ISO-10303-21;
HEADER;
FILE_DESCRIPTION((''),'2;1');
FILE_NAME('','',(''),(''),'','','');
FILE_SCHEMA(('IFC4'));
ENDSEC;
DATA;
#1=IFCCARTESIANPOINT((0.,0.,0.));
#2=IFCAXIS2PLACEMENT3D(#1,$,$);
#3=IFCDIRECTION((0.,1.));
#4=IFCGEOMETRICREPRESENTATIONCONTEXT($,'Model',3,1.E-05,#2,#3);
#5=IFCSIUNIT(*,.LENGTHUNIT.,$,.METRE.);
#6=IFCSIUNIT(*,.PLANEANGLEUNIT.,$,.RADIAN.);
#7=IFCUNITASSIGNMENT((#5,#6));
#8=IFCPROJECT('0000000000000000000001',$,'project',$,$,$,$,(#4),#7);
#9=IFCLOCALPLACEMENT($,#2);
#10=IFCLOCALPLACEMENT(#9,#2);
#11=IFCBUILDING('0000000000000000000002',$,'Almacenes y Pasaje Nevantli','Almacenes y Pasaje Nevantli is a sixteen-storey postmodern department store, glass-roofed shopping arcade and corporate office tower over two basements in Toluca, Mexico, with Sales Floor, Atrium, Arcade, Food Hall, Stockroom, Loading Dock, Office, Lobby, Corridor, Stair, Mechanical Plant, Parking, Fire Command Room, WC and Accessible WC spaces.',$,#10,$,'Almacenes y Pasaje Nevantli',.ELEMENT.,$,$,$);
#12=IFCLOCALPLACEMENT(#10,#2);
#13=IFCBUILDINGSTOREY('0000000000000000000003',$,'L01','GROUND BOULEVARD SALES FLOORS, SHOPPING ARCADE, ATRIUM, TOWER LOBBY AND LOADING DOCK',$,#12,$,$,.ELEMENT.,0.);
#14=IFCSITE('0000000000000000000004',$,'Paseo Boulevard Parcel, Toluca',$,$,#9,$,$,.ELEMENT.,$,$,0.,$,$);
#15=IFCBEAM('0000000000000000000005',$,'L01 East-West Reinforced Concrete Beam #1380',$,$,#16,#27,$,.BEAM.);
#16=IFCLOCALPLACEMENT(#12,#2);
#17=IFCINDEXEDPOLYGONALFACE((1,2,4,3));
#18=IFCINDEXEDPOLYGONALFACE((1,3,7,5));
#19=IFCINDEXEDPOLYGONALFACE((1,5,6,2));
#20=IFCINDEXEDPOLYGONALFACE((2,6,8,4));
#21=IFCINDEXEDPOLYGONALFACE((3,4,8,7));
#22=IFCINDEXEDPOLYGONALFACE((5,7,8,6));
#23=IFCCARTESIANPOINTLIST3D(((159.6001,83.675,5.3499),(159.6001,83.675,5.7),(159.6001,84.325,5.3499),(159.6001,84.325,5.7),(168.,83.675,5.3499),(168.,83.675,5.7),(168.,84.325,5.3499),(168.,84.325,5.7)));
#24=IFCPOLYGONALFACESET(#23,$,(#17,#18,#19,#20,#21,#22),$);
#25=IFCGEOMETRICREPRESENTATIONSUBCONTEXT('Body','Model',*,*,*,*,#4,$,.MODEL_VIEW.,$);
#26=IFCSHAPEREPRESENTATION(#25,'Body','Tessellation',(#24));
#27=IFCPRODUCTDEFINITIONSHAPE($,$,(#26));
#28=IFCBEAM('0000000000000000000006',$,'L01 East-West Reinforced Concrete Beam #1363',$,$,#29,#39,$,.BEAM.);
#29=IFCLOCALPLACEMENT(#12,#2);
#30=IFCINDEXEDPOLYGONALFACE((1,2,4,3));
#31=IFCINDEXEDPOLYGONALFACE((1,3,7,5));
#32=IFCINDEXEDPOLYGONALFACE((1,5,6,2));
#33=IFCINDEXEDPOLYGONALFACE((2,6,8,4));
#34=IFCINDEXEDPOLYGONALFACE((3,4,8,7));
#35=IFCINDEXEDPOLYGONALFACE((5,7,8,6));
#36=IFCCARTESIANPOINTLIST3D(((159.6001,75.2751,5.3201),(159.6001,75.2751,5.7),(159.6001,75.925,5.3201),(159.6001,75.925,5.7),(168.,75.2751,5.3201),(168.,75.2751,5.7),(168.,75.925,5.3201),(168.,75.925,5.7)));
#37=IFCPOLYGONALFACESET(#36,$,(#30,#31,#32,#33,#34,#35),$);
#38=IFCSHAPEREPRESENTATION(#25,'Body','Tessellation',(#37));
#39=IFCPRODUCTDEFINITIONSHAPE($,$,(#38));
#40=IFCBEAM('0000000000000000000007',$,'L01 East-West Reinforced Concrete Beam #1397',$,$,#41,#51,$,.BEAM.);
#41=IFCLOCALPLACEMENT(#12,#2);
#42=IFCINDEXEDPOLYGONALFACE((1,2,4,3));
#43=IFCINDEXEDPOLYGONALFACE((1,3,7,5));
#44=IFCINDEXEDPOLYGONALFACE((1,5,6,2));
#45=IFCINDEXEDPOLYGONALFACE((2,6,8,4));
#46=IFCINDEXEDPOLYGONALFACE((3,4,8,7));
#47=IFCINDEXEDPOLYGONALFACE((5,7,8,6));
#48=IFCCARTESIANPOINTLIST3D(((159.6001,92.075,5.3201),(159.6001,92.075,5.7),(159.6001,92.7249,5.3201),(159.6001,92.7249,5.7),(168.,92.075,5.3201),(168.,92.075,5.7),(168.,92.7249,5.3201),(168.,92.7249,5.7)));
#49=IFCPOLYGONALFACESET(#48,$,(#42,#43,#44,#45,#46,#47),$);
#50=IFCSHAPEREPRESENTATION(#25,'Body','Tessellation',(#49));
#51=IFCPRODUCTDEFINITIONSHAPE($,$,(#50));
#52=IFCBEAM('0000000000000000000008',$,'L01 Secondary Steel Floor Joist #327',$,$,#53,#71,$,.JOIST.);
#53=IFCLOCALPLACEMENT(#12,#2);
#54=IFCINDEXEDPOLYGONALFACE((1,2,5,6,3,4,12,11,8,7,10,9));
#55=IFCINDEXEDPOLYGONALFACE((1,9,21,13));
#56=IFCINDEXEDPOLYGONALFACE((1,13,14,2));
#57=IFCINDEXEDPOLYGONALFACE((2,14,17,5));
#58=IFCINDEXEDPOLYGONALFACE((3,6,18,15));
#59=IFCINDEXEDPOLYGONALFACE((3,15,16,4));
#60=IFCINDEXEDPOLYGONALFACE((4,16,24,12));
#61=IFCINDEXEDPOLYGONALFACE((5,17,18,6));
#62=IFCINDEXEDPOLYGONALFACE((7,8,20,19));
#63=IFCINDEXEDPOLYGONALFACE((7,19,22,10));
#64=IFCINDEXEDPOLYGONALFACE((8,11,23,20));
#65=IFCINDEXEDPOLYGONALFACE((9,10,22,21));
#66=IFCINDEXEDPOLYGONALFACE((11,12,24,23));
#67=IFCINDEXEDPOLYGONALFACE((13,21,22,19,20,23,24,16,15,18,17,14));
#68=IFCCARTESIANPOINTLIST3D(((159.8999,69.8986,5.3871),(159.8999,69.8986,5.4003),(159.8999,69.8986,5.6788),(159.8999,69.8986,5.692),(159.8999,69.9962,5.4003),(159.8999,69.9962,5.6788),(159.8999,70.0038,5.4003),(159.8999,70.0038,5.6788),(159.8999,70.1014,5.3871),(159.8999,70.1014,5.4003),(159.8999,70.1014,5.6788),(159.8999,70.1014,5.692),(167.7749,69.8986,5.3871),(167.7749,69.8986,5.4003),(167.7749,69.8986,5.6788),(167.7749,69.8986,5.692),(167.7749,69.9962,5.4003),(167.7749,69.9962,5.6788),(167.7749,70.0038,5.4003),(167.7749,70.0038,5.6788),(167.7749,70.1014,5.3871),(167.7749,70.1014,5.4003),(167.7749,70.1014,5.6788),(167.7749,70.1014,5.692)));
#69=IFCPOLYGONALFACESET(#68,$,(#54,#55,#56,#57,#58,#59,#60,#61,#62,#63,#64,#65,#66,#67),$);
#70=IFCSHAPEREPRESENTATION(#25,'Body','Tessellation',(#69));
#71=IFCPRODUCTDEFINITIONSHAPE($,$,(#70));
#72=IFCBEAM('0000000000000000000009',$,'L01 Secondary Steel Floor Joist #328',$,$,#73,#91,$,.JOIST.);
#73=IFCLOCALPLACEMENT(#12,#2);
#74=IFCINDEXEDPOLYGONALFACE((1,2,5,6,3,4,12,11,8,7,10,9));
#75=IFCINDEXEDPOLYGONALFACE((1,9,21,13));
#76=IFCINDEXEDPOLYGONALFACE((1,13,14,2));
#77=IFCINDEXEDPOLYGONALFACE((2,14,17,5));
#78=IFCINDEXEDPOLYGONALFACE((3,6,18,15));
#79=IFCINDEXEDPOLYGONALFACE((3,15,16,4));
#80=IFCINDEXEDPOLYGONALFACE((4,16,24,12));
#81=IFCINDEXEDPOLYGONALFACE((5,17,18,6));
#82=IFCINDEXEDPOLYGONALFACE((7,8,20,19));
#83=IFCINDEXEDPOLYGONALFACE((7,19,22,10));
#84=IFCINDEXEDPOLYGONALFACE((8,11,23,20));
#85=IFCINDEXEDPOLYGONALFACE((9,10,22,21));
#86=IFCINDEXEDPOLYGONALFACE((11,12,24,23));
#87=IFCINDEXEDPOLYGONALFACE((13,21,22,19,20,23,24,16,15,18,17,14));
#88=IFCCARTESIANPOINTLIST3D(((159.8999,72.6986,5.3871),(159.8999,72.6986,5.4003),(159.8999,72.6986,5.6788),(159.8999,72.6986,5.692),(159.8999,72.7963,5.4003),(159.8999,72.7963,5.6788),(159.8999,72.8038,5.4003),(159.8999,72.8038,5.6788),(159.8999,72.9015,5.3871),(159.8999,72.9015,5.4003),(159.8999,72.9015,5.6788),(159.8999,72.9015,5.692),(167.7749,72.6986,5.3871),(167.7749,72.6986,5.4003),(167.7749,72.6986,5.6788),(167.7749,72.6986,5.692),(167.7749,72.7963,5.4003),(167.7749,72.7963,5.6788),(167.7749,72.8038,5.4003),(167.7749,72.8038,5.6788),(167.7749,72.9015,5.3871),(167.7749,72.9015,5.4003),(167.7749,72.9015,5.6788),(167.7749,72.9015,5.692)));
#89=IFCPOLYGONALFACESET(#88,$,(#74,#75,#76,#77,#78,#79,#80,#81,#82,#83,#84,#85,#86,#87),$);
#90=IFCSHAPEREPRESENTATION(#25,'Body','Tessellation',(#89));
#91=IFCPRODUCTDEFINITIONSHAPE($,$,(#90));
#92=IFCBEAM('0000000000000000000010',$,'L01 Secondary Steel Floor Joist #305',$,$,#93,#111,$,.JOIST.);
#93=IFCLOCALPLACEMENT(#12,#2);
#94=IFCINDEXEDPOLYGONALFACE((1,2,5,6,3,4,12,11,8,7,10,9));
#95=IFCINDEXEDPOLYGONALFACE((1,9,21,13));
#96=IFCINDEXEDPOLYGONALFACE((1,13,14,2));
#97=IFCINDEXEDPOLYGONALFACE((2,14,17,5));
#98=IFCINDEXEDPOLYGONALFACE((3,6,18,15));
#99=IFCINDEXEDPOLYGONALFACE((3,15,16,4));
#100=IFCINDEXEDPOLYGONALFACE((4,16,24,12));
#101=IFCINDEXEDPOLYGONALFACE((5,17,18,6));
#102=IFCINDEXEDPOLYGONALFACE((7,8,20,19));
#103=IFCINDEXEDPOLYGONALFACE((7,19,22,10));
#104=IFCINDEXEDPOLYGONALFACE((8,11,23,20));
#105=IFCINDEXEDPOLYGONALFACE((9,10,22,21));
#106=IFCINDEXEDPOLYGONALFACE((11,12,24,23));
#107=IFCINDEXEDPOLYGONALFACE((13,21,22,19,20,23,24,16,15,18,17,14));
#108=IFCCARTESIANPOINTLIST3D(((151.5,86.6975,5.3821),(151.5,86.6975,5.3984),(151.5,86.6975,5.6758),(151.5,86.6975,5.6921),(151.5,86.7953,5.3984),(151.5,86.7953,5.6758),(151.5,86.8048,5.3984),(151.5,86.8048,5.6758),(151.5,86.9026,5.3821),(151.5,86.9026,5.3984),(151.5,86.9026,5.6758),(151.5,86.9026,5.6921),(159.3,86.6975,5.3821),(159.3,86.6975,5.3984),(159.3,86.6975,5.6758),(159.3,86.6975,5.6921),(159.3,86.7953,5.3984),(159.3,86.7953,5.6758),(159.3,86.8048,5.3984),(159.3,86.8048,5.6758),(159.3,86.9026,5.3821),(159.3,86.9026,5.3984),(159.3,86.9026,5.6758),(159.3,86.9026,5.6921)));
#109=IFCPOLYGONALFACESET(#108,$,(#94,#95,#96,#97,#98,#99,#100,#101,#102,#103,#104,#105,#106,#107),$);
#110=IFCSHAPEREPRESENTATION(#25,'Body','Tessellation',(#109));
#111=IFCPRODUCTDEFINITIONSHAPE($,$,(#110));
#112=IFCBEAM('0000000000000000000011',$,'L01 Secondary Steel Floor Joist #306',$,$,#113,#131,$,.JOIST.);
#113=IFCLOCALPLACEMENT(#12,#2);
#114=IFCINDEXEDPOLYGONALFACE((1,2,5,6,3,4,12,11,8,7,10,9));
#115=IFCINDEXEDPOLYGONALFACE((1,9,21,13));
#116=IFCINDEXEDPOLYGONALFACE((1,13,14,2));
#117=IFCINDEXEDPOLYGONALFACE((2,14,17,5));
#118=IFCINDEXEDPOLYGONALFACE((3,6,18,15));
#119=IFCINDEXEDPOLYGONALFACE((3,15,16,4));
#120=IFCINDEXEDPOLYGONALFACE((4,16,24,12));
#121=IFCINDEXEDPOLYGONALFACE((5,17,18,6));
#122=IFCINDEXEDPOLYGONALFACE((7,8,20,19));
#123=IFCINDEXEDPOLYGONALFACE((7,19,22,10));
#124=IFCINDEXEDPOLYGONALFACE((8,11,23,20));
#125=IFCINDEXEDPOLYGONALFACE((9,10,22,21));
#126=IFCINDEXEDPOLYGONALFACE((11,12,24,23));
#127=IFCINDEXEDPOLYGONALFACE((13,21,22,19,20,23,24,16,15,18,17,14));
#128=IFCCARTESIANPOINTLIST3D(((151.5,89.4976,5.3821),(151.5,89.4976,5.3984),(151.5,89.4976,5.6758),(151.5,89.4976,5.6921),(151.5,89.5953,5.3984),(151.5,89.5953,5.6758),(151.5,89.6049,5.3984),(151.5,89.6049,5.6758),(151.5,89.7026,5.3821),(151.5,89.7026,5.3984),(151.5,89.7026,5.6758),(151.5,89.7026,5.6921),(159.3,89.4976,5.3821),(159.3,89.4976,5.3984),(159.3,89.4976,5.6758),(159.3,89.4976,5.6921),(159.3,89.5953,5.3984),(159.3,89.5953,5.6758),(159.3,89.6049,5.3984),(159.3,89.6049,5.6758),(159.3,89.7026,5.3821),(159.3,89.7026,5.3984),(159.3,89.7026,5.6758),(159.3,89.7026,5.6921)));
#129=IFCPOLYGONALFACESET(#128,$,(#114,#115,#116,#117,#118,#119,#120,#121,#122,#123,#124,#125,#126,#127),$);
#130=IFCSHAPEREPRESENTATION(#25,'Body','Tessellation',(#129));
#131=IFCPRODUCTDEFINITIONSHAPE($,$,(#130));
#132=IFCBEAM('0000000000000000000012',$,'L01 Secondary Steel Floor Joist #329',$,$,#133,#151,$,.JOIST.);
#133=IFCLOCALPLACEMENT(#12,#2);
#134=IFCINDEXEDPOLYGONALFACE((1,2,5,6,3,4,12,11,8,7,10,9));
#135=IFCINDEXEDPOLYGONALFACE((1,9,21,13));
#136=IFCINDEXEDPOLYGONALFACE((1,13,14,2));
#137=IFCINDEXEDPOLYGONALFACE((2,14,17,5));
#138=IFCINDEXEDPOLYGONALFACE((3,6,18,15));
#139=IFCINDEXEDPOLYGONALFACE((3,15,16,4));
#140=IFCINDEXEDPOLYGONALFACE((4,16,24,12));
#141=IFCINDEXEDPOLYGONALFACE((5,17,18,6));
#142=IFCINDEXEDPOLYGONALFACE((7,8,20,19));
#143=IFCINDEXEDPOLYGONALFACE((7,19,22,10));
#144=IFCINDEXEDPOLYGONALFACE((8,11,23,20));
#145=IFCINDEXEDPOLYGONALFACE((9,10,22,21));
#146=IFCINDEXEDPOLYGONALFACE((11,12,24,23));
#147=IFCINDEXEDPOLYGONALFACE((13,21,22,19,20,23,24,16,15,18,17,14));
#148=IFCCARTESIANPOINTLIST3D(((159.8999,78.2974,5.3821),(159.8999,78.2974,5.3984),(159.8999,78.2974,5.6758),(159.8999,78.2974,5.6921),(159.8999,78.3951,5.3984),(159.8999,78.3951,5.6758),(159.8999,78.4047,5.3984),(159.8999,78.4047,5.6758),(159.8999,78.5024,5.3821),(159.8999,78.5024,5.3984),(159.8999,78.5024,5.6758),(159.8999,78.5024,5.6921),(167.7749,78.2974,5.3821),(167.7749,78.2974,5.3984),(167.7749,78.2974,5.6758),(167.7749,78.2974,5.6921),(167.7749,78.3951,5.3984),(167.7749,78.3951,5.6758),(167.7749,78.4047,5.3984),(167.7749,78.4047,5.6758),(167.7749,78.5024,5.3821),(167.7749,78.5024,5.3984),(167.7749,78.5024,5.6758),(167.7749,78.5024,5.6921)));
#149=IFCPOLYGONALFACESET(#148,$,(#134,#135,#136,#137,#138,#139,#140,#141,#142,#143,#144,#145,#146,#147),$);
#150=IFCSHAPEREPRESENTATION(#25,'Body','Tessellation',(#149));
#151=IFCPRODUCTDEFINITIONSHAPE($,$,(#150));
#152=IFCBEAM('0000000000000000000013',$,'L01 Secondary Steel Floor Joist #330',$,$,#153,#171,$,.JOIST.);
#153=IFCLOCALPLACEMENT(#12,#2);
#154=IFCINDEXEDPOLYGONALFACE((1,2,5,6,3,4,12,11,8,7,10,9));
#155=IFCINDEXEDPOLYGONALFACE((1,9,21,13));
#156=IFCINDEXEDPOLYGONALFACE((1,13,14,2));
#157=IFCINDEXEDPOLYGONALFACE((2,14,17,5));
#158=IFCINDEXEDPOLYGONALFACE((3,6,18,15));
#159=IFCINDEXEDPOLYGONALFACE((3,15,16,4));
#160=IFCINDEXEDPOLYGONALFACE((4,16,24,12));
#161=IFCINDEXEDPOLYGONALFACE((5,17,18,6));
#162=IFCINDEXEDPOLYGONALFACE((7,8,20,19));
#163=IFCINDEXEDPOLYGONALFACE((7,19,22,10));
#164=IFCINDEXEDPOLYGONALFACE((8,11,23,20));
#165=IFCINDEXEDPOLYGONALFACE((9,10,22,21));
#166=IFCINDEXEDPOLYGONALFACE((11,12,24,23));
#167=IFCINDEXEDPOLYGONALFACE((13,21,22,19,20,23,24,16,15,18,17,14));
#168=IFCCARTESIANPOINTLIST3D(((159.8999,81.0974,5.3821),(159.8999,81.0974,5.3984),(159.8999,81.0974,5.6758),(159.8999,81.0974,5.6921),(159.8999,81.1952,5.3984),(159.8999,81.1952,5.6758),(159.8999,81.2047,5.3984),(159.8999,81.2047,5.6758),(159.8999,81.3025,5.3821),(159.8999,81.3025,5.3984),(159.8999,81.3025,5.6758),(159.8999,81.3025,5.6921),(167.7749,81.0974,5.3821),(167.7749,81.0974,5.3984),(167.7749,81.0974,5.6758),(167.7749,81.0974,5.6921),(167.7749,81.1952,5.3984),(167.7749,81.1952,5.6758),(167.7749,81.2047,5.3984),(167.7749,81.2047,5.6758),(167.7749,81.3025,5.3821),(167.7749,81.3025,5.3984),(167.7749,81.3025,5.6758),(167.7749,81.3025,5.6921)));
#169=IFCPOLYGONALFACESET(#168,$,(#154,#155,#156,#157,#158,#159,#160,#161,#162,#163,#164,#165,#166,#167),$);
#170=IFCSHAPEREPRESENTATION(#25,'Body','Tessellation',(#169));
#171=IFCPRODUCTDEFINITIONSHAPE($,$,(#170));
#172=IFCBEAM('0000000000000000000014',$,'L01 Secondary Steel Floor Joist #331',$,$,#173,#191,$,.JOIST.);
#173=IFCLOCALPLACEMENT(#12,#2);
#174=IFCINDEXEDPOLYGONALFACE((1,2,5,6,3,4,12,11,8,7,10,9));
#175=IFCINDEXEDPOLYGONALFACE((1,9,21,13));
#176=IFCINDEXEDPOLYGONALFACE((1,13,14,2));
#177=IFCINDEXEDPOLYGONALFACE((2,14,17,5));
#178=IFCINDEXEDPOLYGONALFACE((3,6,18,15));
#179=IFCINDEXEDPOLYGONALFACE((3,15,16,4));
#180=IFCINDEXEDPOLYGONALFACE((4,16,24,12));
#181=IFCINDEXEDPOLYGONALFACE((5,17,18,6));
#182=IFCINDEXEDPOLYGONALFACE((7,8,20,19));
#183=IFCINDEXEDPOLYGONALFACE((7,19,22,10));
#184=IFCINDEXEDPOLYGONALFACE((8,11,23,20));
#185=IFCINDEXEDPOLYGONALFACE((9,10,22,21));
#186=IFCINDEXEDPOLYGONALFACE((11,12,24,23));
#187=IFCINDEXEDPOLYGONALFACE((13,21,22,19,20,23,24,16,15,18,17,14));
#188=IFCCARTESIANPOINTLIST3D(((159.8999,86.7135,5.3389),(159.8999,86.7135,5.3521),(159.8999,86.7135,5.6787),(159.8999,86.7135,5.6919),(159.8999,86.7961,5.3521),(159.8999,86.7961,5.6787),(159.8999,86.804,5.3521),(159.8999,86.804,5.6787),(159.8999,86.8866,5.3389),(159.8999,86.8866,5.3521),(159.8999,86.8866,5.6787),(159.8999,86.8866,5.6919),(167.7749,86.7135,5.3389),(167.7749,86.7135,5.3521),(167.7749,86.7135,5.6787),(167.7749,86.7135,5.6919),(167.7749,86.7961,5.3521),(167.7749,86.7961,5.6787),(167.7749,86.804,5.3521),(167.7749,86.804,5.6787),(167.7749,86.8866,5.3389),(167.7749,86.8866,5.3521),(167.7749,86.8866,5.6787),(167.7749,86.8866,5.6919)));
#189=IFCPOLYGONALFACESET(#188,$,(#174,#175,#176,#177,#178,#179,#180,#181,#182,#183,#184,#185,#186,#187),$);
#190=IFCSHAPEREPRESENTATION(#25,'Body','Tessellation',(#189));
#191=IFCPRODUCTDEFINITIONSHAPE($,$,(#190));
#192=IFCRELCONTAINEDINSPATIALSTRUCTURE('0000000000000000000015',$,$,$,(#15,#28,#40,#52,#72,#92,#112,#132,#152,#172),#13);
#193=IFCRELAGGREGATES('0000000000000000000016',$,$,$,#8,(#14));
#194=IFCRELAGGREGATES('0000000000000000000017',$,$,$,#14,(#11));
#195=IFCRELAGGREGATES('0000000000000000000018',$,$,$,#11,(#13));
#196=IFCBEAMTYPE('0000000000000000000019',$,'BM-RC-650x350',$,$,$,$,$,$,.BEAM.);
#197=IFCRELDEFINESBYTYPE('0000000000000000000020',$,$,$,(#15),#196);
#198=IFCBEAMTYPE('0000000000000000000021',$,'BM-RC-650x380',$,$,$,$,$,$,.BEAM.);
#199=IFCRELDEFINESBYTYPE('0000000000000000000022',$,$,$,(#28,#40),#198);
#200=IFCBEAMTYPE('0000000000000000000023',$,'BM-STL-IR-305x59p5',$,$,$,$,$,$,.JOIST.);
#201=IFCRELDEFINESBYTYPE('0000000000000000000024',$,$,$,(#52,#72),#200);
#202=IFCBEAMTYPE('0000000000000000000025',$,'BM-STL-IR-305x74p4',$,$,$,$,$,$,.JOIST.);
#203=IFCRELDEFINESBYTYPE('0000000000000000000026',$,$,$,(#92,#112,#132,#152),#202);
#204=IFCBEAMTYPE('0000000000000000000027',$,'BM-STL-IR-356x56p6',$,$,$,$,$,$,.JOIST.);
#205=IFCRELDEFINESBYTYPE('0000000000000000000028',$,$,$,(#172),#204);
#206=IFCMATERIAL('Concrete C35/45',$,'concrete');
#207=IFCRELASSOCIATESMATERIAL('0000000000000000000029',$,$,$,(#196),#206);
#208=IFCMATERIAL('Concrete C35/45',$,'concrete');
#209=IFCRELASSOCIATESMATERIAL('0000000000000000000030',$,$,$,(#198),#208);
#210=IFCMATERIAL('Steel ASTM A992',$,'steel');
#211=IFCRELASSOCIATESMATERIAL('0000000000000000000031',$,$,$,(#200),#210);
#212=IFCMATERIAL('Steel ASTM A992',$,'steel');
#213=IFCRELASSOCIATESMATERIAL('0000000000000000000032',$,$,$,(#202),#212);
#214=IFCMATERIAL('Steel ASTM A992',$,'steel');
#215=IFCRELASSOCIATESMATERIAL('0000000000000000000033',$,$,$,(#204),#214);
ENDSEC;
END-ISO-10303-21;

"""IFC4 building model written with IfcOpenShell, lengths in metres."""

from ifc_helpers import new_model, si_unit, direction, frame, origin, origin_2d, place, context, subcontext, project, spatial, rectangle, i_section, extrude, material, material_profile, profile_set, type_object, element, save


model = new_model("IFC4")

# Units and contexts
model_context = context("Model", 3, precision=1e-05, world=origin(), true_north=direction((0.0, 1.0)))
body_context = subcontext(model_context, "Body", "Model", "MODEL_VIEW")
ifc_project = project(units=[si_unit("LENGTHUNIT", "METRE"), si_unit("PLANEANGLEUNIT", "RADIAN")], contexts=[model_context])

# Site, building, storey
site_placement = place(None, origin())
site = spatial("IfcSite", under=ifc_project, at=site_placement, Name="Paseo Boulevard Parcel, Toluca", CompositionType="ELEMENT", RefElevation=0.0)
building_placement = place(site_placement, origin())
building = spatial("IfcBuilding", under=site, at=building_placement, Name="Almacenes y Pasaje Nevantli", Description="Almacenes y Pasaje Nevantli is a sixteen-storey postmodern department store, glass-roofed shopping arcade and corporate office tower over two basements in Toluca, Mexico, with Sales Floor, Atrium, Arcade, Food Hall, Stockroom, Loading Dock, Office, Lobby, Corridor, Stair, Mechanical Plant, Parking, Fire Command Room, WC and Accessible WC spaces.", LongName="Almacenes y Pasaje Nevantli", CompositionType="ELEMENT")
storey_placement = place(building_placement, origin())
storey = spatial("IfcBuildingStorey", under=building, at=storey_placement, Name="L01", Description="GROUND BOULEVARD SALES FLOORS, SHOPPING ARCADE, ATRIUM, TOWER LOBBY AND LOADING DOCK", CompositionType="ELEMENT", Elevation=0.0)

# Beams
ifc_material_1 = material(Name="Concrete C35/45", Category="concrete")
ifc_material_profile_1 = material_profile(ifc_material_1, rectangle(XDim=0.6499, YDim=0.3501, at=origin_2d()), Name="RC-BM-650x350")
ifc_profile_set_1 = profile_set([ifc_material_profile_1], Name="Concrete C35/45")
beam_type_1 = type_object("IfcBeamType", Name="BM-RC-650x350", PredefinedType="BEAM", material=ifc_profile_set_1)
for number, where, z_axis, x_axis, name in (
    (1, (159.6001, 84.0, 5.5249), (1.0, 0.0, 0.0), (0.0, 1.0, 0.0), "L01 East-West Reinforced Concrete Beam #1380"),
):
    element("IfcBeam", number, at=place(storey_placement, frame(where, z_axis=z_axis, x_axis=x_axis)), inside=storey, type_object=beam_type_1, Name=name, PredefinedType="BEAM", context=body_context, shape_type="SweptSolid", body=[
        extrude(rectangle(XDim=0.6499, YDim=0.3501, at=origin_2d()), origin(), (0.0, 0.0, 1.0), 8.3999),
    ])
ifc_material_2 = material(Name="Concrete C35/45", Category="concrete")
ifc_material_profile_2 = material_profile(ifc_material_2, rectangle(XDim=0.6499, YDim=0.3799, at=origin_2d()), Name="RC-BM-650x380")
ifc_profile_set_2 = profile_set([ifc_material_profile_2], Name="Concrete C35/45")
beam_type_2 = type_object("IfcBeamType", Name="BM-RC-650x380", PredefinedType="BEAM", material=ifc_profile_set_2)
for number, where, z_axis, x_axis, name in (
    (2, (159.6001, 75.6001, 5.51), (1.0, 0.0, 0.0), (0.0, 1.0, 0.0), "L01 East-West Reinforced Concrete Beam #1363"),
    (3, (159.6001, 92.3999, 5.51), (1.0, 0.0, 0.0), (0.0, 1.0, 0.0), "L01 East-West Reinforced Concrete Beam #1397"),
):
    element("IfcBeam", number, at=place(storey_placement, frame(where, z_axis=z_axis, x_axis=x_axis)), inside=storey, type_object=beam_type_2, Name=name, PredefinedType="BEAM", context=body_context, shape_type="SweptSolid", body=[
        extrude(rectangle(XDim=0.6499, YDim=0.3799, at=origin_2d()), origin(), (0.0, 0.0, 1.0), 8.3999),
    ])
ifc_material_3 = material(Name="Steel ASTM A992", Category="steel")
ifc_material_profile_3 = material_profile(ifc_material_3, i_section(OverallWidth=0.2029, OverallDepth=0.3049, WebThickness=0.0076, FlangeThickness=0.0132, at=origin_2d()), Name="IR 305x59.5")
ifc_profile_set_3 = profile_set([ifc_material_profile_3], Name="Steel ASTM A992")
beam_type_3 = type_object("IfcBeamType", Name="BM-STL-IR-305x59p5", PredefinedType="JOIST", material=ifc_profile_set_3)
for number, where, z_axis, x_axis, name in (
    (4, (159.8999, 70.0, 5.5396), (1.0, 0.0, 0.0), (0.0, 1.0, 0.0), "L01 Secondary Steel Floor Joist #327"),
    (5, (159.8999, 72.8, 5.5396), (1.0, 0.0, 0.0), (0.0, 1.0, 0.0), "L01 Secondary Steel Floor Joist #328"),
):
    element("IfcBeam", number, at=place(storey_placement, frame(where, z_axis=z_axis, x_axis=x_axis)), inside=storey, type_object=beam_type_3, Name=name, PredefinedType="JOIST", context=body_context, shape_type="SweptSolid", body=[
        extrude(i_section(OverallWidth=0.2029, OverallDepth=0.3049, WebThickness=0.0076, FlangeThickness=0.0132, at=origin_2d()), origin(), (0.0, 0.0, 1.0), 7.875),
    ])
ifc_material_4 = material(Name="Steel ASTM A992", Category="steel")
ifc_material_profile_4 = material_profile(ifc_material_4, i_section(OverallWidth=0.2051, OverallDepth=0.3101, WebThickness=0.0095, FlangeThickness=0.0164, at=origin_2d()), Name="IR 305x74.4")
ifc_profile_set_4 = profile_set([ifc_material_profile_4], Name="Steel ASTM A992")
beam_type_4 = type_object("IfcBeamType", Name="BM-STL-IR-305x74p4", PredefinedType="JOIST", material=ifc_profile_set_4)
for number, where, z_axis, x_axis, name in (
    (6, (151.5, 86.8, 5.5371), (1.0, 0.0, 0.0), (0.0, 1.0, 0.0), "L01 Secondary Steel Floor Joist #305"),
    (7, (151.5, 89.6001, 5.5371), (1.0, 0.0, 0.0), (0.0, 1.0, 0.0), "L01 Secondary Steel Floor Joist #306"),
):
    element("IfcBeam", number, at=place(storey_placement, frame(where, z_axis=z_axis, x_axis=x_axis)), inside=storey, type_object=beam_type_4, Name=name, PredefinedType="JOIST", context=body_context, shape_type="SweptSolid", body=[
        extrude(i_section(OverallWidth=0.2051, OverallDepth=0.3101, WebThickness=0.0095, FlangeThickness=0.0164, at=origin_2d()), origin(), (0.0, 0.0, 1.0), 7.8),
    ])
for number, where, z_axis, x_axis, name in (
    (8, (159.8999, 78.3999, 5.5371), (1.0, 0.0, 0.0), (0.0, 1.0, 0.0), "L01 Secondary Steel Floor Joist #329"),
    (9, (159.8999, 81.2, 5.5371), (1.0, 0.0, 0.0), (0.0, 1.0, 0.0), "L01 Secondary Steel Floor Joist #330"),
):
    element("IfcBeam", number, at=place(storey_placement, frame(where, z_axis=z_axis, x_axis=x_axis)), inside=storey, type_object=beam_type_4, Name=name, PredefinedType="JOIST", context=body_context, shape_type="SweptSolid", body=[
        extrude(i_section(OverallWidth=0.2051, OverallDepth=0.3101, WebThickness=0.0095, FlangeThickness=0.0164, at=origin_2d()), origin(), (0.0, 0.0, 1.0), 7.875),
    ])
ifc_material_5 = material(Name="Steel ASTM A992", Category="steel")
ifc_material_profile_5 = material_profile(ifc_material_5, i_section(OverallWidth=0.1731, OverallDepth=0.353, WebThickness=0.0078, FlangeThickness=0.0132, at=origin_2d()), Name="IR 356x56.6")
ifc_profile_set_5 = profile_set([ifc_material_profile_5], Name="Steel ASTM A992")
beam_type_5 = type_object("IfcBeamType", Name="BM-STL-IR-356x56p6", PredefinedType="JOIST", material=ifc_profile_set_5)
for number, where, z_axis, x_axis, name in (
    (10, (159.8999, 86.8, 5.5154), (1.0, 0.0, 0.0), (0.0, 1.0, 0.0), "L01 Secondary Steel Floor Joist #331"),
):
    element("IfcBeam", number, at=place(storey_placement, frame(where, z_axis=z_axis, x_axis=x_axis)), inside=storey, type_object=beam_type_5, Name=name, PredefinedType="JOIST", context=body_context, shape_type="SweptSolid", body=[
        extrude(i_section(OverallWidth=0.1731, OverallDepth=0.353, WebThickness=0.0078, FlangeThickness=0.0132, at=origin_2d()), origin(), (0.0, 0.0, 1.0), 7.875),
    ])

save(model, "model.ifc")
